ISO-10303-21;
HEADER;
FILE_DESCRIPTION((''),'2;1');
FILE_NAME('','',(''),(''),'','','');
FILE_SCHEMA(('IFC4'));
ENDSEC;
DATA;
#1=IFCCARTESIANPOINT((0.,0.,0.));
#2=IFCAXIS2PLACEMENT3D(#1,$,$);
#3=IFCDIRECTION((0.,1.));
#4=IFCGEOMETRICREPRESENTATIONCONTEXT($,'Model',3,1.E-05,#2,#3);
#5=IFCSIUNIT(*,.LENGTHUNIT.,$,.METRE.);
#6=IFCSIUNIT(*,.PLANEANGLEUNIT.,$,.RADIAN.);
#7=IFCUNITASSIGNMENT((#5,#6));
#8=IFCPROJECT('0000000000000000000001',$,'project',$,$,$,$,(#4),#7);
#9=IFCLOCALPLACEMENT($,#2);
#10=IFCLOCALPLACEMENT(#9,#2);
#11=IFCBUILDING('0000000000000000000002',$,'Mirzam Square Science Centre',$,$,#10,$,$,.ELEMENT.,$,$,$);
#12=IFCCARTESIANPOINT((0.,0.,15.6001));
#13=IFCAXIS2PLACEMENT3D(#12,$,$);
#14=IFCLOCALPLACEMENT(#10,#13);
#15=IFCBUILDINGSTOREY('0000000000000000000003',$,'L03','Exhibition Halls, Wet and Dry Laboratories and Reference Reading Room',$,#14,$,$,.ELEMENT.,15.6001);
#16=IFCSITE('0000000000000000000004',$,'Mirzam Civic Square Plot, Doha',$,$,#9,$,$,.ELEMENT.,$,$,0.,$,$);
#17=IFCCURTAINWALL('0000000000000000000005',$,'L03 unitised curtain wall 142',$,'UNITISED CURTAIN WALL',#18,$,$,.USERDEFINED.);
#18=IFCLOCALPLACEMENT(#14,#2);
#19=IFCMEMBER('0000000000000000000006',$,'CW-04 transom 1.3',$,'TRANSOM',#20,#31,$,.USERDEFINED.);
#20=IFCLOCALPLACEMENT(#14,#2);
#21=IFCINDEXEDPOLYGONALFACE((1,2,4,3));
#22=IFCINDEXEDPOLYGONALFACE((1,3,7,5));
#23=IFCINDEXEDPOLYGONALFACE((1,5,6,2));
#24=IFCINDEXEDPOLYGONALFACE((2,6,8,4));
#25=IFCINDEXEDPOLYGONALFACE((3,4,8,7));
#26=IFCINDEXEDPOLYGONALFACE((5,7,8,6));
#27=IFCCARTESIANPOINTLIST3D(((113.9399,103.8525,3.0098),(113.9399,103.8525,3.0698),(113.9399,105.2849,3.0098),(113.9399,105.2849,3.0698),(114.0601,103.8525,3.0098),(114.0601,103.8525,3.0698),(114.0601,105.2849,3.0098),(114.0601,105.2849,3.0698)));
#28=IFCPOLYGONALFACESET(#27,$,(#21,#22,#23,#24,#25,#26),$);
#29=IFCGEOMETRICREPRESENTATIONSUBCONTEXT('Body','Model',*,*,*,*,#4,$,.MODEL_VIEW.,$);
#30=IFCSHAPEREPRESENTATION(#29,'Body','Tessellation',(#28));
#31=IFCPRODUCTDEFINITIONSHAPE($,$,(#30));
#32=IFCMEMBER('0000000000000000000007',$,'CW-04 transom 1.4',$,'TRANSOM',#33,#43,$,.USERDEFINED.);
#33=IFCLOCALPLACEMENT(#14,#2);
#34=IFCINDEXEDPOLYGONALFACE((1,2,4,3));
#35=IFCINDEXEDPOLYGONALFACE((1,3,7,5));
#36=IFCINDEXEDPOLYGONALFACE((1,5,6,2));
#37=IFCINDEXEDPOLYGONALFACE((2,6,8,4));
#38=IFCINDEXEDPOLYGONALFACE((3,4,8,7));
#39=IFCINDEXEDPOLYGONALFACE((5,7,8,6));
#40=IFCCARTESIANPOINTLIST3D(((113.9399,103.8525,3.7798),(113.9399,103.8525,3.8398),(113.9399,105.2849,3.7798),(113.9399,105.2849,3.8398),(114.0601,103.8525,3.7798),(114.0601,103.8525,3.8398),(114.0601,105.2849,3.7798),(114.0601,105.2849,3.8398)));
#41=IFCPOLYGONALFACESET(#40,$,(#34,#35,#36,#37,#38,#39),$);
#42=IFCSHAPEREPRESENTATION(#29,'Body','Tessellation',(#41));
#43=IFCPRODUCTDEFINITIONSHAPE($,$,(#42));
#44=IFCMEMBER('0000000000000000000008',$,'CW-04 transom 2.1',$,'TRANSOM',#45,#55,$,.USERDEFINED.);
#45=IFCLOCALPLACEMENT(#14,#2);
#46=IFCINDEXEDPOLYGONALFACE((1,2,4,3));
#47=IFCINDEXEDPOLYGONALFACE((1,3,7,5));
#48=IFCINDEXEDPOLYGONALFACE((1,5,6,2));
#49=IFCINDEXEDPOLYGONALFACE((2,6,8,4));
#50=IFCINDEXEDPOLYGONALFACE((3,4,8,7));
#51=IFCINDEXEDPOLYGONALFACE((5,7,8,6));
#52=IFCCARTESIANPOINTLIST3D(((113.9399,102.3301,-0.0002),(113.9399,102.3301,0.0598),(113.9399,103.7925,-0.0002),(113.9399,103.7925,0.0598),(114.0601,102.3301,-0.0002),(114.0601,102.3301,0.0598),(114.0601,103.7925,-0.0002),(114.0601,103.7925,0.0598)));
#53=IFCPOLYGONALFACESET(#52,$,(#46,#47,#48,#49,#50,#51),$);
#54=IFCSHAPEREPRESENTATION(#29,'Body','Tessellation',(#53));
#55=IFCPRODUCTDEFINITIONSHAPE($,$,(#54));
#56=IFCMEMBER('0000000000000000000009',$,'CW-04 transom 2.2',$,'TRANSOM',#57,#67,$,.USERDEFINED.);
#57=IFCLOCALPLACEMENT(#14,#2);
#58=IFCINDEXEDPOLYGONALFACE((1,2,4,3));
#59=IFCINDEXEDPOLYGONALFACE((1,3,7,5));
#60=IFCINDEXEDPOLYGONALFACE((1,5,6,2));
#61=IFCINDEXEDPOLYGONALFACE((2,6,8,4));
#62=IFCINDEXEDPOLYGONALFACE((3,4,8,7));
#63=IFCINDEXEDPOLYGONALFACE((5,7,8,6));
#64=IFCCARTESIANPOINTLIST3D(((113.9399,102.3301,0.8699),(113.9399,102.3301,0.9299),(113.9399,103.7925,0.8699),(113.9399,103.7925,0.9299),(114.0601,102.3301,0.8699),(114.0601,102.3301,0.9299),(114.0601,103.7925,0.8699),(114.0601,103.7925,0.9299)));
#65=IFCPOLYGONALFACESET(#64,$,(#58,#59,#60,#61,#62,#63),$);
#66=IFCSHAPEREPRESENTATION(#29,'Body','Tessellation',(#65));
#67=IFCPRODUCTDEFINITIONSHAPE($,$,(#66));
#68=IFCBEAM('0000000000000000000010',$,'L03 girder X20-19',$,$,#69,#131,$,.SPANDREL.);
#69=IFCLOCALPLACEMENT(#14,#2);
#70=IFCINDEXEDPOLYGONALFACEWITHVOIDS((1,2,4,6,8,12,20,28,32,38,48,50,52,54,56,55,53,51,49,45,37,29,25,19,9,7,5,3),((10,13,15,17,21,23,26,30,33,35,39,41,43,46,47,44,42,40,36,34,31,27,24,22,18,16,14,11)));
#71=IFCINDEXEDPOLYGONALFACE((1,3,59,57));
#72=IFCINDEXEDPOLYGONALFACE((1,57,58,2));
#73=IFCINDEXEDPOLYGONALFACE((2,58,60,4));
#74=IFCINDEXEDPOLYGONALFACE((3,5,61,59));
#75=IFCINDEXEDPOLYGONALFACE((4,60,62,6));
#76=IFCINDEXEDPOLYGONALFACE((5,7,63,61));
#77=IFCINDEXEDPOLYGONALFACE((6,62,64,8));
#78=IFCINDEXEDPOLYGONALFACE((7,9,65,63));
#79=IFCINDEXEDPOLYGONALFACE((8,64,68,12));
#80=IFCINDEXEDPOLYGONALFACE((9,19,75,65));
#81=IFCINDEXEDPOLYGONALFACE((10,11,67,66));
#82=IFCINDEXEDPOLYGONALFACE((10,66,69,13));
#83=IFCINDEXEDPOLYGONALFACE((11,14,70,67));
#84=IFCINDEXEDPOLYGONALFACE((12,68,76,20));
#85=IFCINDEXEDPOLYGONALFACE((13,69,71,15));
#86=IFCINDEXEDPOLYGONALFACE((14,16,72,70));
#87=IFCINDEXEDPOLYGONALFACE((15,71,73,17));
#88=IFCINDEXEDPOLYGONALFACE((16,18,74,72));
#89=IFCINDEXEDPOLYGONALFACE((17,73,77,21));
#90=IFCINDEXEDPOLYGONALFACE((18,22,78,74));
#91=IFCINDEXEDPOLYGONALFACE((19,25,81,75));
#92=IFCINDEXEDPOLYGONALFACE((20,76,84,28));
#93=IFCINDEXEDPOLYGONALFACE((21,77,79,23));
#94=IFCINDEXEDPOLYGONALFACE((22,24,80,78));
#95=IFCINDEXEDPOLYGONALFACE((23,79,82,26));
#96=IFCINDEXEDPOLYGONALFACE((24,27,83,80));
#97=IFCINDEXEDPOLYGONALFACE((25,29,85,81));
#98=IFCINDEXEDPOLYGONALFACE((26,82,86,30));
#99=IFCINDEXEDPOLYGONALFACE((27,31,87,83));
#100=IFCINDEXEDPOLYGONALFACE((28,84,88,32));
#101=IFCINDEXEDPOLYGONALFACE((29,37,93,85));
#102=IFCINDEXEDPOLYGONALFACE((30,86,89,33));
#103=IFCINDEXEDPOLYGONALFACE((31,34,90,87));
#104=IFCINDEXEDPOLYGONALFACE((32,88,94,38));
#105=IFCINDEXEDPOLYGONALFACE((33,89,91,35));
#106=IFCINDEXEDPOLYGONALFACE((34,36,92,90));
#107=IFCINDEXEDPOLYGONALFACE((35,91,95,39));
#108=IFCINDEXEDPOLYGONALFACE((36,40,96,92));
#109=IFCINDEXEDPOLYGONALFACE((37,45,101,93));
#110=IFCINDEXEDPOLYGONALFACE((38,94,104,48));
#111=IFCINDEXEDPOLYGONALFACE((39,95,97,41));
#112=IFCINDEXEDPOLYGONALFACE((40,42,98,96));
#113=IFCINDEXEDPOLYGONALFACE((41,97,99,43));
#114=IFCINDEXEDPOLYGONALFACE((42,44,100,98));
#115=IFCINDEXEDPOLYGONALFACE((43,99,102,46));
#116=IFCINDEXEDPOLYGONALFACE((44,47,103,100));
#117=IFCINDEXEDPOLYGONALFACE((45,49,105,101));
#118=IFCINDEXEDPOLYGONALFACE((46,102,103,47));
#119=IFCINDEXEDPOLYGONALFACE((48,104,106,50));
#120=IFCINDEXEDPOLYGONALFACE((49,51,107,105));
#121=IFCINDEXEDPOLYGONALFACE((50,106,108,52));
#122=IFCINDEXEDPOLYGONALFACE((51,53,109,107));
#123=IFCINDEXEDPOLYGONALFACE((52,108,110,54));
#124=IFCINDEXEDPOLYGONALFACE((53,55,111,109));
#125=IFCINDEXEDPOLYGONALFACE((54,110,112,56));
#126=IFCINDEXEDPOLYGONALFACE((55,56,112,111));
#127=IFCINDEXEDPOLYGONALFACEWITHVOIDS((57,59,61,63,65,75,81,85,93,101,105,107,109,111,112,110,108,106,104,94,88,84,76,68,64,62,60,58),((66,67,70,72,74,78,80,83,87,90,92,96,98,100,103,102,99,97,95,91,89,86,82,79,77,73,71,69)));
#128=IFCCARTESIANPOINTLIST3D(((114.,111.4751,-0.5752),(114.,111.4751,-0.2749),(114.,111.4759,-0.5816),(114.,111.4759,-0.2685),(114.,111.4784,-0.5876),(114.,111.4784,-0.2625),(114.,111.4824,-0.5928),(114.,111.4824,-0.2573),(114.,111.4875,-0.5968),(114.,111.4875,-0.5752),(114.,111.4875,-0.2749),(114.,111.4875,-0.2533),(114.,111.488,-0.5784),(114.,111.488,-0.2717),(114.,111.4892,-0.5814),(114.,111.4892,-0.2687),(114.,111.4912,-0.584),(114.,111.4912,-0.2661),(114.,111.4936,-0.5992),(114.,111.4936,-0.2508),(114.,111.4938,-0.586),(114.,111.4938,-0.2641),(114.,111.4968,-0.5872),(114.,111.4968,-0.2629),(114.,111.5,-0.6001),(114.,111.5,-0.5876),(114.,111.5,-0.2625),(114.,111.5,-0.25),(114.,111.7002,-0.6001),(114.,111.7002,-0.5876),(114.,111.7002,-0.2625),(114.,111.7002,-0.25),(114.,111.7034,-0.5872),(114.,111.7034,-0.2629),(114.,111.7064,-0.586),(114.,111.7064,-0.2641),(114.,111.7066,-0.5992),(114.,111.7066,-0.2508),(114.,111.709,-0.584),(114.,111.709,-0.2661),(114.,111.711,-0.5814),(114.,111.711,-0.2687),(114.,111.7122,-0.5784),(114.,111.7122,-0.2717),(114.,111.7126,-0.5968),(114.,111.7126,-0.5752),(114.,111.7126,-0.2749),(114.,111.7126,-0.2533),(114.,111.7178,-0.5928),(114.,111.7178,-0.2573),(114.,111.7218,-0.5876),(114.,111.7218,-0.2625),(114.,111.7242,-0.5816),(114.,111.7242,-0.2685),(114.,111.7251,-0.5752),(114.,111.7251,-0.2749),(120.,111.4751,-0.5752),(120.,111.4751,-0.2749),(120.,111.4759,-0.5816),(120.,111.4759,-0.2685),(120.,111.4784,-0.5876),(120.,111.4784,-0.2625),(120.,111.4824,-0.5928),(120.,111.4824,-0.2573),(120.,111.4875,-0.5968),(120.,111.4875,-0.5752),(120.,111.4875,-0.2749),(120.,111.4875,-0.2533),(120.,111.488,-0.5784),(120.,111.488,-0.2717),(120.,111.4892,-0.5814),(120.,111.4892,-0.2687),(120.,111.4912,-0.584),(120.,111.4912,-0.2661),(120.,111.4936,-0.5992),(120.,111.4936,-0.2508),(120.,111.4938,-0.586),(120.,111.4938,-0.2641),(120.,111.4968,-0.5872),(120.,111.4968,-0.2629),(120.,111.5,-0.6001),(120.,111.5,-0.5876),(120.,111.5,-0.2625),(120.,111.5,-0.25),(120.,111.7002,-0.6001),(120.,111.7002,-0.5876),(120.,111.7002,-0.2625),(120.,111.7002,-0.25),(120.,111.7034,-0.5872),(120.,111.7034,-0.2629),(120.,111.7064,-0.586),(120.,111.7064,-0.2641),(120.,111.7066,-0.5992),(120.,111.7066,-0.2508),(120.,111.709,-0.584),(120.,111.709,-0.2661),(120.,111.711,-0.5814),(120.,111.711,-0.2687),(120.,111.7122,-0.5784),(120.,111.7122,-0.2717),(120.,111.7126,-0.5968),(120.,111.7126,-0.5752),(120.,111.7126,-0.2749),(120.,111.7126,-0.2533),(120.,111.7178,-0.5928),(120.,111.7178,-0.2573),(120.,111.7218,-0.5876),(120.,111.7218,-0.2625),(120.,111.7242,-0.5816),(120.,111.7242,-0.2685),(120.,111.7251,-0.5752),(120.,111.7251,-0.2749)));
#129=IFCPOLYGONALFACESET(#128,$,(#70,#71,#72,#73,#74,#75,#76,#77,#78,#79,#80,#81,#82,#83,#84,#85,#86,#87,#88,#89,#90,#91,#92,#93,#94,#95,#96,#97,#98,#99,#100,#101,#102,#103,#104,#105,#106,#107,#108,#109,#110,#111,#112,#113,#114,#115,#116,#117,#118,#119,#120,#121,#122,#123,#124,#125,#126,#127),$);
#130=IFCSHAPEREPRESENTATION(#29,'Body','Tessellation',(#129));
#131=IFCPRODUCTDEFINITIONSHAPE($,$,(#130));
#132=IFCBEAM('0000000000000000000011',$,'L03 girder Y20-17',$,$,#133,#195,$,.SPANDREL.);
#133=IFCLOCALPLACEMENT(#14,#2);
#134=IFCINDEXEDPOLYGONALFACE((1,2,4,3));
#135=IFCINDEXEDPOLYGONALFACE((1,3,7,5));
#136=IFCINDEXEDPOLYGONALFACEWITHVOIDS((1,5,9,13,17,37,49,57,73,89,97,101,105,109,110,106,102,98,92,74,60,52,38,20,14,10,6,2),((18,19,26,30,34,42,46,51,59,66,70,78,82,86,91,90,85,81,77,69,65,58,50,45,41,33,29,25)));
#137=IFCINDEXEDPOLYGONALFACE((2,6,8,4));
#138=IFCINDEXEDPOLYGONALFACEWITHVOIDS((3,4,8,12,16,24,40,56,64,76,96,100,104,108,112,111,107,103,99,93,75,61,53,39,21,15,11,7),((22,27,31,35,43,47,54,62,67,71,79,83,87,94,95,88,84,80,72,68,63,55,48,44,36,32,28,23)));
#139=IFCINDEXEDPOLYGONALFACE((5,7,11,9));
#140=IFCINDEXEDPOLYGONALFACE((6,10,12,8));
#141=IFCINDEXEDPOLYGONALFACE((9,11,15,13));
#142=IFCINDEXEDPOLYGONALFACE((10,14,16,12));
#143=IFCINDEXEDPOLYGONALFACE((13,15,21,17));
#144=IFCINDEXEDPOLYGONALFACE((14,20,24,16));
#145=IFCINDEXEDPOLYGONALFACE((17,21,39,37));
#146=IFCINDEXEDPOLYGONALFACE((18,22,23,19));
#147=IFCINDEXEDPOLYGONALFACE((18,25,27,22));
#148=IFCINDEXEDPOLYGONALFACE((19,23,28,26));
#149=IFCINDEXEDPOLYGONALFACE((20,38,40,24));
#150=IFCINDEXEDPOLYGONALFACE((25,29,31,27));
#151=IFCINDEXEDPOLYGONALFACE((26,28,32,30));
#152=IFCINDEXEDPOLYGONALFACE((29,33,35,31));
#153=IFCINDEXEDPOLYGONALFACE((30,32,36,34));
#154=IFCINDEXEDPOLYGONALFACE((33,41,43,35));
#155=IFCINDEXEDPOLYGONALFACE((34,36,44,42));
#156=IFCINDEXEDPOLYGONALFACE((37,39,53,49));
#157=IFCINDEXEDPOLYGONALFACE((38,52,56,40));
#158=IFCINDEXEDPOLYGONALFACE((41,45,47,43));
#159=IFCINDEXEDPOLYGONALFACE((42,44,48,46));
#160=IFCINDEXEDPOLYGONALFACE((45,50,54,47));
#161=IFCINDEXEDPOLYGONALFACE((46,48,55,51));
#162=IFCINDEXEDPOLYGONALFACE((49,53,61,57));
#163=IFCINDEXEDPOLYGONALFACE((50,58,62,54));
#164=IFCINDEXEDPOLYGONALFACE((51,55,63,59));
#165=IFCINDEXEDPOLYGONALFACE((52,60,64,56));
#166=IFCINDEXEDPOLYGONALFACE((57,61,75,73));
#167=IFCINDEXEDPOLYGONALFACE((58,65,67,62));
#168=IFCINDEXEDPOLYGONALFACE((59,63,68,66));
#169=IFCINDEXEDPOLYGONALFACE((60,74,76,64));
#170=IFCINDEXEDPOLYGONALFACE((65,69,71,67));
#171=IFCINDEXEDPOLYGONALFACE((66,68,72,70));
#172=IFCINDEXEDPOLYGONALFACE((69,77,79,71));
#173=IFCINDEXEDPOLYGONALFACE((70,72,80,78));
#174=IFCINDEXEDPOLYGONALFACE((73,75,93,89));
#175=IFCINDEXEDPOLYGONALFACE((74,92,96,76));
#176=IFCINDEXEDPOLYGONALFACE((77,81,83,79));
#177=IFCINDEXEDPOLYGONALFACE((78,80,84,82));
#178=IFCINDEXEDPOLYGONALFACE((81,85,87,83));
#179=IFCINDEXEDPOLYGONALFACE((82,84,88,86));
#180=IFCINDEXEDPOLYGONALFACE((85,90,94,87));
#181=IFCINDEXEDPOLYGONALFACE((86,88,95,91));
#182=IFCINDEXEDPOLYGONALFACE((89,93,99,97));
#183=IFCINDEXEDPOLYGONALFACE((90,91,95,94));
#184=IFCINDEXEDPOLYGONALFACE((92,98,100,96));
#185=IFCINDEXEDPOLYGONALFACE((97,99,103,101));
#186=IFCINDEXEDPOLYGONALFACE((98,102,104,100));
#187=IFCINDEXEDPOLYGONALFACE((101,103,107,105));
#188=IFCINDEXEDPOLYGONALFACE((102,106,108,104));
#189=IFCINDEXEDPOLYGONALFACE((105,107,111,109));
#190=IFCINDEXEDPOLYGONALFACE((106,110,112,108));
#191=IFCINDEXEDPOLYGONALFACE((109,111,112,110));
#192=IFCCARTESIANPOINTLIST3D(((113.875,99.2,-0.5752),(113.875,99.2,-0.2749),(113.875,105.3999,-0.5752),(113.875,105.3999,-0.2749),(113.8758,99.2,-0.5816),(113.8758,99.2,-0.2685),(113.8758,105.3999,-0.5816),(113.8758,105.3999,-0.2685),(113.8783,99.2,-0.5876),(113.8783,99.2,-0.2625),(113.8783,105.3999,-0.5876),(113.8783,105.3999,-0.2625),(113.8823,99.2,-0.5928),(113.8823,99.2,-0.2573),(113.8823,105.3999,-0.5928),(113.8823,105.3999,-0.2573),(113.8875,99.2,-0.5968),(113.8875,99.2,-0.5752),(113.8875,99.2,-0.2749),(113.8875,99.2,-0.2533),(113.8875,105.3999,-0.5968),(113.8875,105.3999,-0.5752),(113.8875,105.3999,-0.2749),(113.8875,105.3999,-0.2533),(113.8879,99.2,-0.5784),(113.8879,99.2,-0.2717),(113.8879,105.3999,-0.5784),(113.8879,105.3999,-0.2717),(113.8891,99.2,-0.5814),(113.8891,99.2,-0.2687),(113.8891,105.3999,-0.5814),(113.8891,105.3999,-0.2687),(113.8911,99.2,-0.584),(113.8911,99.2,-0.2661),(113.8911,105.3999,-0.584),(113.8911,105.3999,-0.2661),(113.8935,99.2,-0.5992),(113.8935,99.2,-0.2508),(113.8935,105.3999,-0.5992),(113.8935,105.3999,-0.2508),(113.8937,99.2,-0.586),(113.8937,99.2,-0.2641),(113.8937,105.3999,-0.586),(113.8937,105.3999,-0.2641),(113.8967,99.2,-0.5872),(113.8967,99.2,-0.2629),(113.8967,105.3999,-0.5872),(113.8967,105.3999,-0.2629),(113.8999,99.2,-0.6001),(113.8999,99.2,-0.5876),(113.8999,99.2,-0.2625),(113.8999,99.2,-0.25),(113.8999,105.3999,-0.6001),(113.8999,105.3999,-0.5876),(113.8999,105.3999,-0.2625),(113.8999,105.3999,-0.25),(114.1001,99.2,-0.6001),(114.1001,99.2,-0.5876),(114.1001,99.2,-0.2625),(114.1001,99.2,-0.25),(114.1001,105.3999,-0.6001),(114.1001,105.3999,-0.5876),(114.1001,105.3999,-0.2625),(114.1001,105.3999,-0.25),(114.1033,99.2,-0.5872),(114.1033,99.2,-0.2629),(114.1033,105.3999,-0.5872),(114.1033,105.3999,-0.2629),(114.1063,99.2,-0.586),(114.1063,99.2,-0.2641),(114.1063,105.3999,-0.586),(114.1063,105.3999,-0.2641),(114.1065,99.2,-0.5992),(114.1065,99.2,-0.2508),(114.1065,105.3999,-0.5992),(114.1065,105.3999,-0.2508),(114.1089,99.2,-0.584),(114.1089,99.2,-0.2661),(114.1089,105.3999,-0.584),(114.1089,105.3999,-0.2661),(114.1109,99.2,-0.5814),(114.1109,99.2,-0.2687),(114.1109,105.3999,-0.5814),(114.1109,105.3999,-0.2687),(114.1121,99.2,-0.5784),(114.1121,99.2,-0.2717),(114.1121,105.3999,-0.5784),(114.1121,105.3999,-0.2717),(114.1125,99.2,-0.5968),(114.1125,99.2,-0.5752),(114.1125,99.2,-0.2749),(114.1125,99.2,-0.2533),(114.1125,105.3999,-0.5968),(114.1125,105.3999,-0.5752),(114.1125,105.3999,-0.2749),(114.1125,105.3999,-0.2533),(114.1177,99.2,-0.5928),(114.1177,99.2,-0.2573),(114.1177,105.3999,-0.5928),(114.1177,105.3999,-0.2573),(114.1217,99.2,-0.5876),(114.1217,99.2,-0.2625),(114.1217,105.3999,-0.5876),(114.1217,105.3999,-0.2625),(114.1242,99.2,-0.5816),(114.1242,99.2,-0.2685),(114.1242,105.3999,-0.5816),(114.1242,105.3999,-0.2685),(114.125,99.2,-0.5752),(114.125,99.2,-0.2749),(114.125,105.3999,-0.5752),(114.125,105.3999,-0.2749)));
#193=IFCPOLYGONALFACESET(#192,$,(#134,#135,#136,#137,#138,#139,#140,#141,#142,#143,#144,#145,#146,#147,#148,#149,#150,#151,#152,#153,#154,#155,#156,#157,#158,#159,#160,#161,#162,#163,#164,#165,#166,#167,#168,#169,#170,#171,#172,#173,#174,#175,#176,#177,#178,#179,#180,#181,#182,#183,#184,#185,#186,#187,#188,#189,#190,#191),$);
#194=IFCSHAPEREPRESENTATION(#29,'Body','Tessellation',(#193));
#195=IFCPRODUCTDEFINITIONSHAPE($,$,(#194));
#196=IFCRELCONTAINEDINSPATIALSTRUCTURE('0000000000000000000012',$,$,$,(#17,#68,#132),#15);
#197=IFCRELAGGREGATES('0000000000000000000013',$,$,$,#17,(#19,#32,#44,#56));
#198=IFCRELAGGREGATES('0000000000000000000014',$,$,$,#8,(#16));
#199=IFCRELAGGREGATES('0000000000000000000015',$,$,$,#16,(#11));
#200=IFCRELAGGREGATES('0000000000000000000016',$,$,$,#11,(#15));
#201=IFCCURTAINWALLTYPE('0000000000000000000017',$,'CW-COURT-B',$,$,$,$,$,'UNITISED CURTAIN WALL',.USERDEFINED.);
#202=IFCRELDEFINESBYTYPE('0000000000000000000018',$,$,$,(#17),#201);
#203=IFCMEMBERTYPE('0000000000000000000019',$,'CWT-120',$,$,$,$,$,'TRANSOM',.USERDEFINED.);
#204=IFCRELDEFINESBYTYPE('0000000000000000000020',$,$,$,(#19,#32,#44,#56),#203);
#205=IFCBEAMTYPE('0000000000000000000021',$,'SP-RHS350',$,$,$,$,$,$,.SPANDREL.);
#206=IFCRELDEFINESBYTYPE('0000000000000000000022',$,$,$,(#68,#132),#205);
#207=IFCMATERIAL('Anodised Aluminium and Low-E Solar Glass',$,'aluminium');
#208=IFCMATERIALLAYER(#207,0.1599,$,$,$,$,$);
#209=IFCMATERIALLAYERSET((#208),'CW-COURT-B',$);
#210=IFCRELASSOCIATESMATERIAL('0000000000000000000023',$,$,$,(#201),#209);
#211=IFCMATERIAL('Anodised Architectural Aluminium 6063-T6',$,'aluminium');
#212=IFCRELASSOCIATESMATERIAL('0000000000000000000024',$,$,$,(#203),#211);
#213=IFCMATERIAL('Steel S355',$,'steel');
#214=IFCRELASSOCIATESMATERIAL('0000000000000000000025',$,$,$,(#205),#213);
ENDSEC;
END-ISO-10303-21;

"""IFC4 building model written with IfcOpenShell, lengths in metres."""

from ifc_helpers import new_model, si_unit, direction, frame, origin, origin_2d, place, context, subcontext, project, spatial, rectangle, hollow_rectangle, extrude, material, layer, layer_set, material_profile, profile_set, type_object, element, aggregate, save


model = new_model("IFC4")

# Units and contexts
model_context = context("Model", 3, precision=1e-05, world=origin(), true_north=direction((0.0, 1.0)))
body_context = subcontext(model_context, "Body", "Model", "MODEL_VIEW")
ifc_project = project(units=[si_unit("LENGTHUNIT", "METRE"), si_unit("PLANEANGLEUNIT", "RADIAN")], contexts=[model_context])

# Site, building, storey
site_placement = place(None, origin())
site = spatial("IfcSite", under=ifc_project, at=site_placement, Name="Mirzam Civic Square Plot, Doha", CompositionType="ELEMENT", RefElevation=0.0)
building_placement = place(site_placement, origin())
building = spatial("IfcBuilding", under=site, at=building_placement, Name="Mirzam Square Science Centre", CompositionType="ELEMENT")
storey_placement = place(building_placement, frame((0.0, 0.0, 15.6001)))
storey = spatial("IfcBuildingStorey", under=building, at=storey_placement, Name="L03", Description="Exhibition Halls, Wet and Dry Laboratories and Reference Reading Room", CompositionType="ELEMENT", Elevation=15.6001)

# Shared definitions
ifc_material_1 = material(Name="Steel S355", Category="steel")

# Curtain wall, members
ifc_material_2 = material(Name="Anodised Aluminium and Low-E Solar Glass", Category="aluminium")
ifc_layer_1 = layer(ifc_material_2, 0.1599)
ifc_layer_set_1 = layer_set([ifc_layer_1], Name="CW-COURT-B")
curtain_wall_type = type_object("IfcCurtainWallType", Name="CW-COURT-B", ElementType="UNITISED CURTAIN WALL", PredefinedType="USERDEFINED", material=ifc_layer_set_1)
curtain_wall_placement = place(storey_placement, origin())
curtain_wall = element("IfcCurtainWall", 1, at=curtain_wall_placement, inside=storey, type_object=curtain_wall_type, Name="L03 unitised curtain wall 142", ObjectType="UNITISED CURTAIN WALL", PredefinedType="USERDEFINED")
ifc_material_3 = material(Name="Anodised Architectural Aluminium 6063-T6", Category="aluminium")
ifc_material_profile_1 = material_profile(ifc_material_3, rectangle(XDim=0.1201, YDim=0.0601, at=origin_2d()), Name="ALU-TRAN-120x60x4")
ifc_profile_set_1 = profile_set([ifc_material_profile_1], Name="Anodised Architectural Aluminium 6063-T6")
member_type_1 = type_object("IfcMemberType", Name="CWT-120", ElementType="TRANSOM", PredefinedType="USERDEFINED", material=ifc_profile_set_1)
member_1_placement = place(storey_placement, frame((114.0, 105.2849, 3.0398), z_axis=(0.0, -1.0, 0.0), x_axis=(1.0, 0.0, 0.0)))
member_1 = element("IfcMember", 2, at=member_1_placement, type_object=member_type_1, Name="CW-04 transom 1.3", ObjectType="TRANSOM", PredefinedType="USERDEFINED", context=body_context, shape_type="SweptSolid", body=[
    extrude(rectangle(XDim=0.1201, YDim=0.0601, at=origin_2d()), origin(), (0.0, 0.0, 1.0), 1.4324),
])
member_2_placement = place(storey_placement, frame((114.0, 105.2849, 3.8098), z_axis=(0.0, -1.0, 0.0), x_axis=(1.0, 0.0, 0.0)))
member_2 = element("IfcMember", 3, at=member_2_placement, type_object=member_type_1, Name="CW-04 transom 1.4", ObjectType="TRANSOM", PredefinedType="USERDEFINED", context=body_context, shape_type="SweptSolid", body=[
    extrude(rectangle(XDim=0.1201, YDim=0.0601, at=origin_2d()), origin(), (0.0, 0.0, 1.0), 1.4324),
])
member_3_placement = place(storey_placement, frame((114.0, 103.7925, 0.0298), z_axis=(0.0, -1.0, 0.0), x_axis=(1.0, 0.0, 0.0)))
member_3 = element("IfcMember", 4, at=member_3_placement, type_object=member_type_1, Name="CW-04 transom 2.1", ObjectType="TRANSOM", PredefinedType="USERDEFINED", context=body_context, shape_type="SweptSolid", body=[
    extrude(rectangle(XDim=0.1201, YDim=0.0601, at=origin_2d()), origin(), (0.0, 0.0, 1.0), 1.4624),
])
member_4_placement = place(storey_placement, frame((114.0, 103.7925, 0.8999), z_axis=(0.0, -1.0, 0.0), x_axis=(1.0, 0.0, 0.0)))
member_4 = element("IfcMember", 5, at=member_4_placement, type_object=member_type_1, Name="CW-04 transom 2.2", ObjectType="TRANSOM", PredefinedType="USERDEFINED", context=body_context, shape_type="SweptSolid", body=[
    extrude(rectangle(XDim=0.1201, YDim=0.0601, at=origin_2d()), origin(), (0.0, 0.0, 1.0), 1.4624),
])

# Beams
ifc_material_profile_2 = material_profile(ifc_material_1, hollow_rectangle(XDim=0.25, YDim=0.3501, WallThickness=0.0125, InnerFilletRadius=0.0125, OuterFilletRadius=0.0249, at=origin_2d()), Name="350x250x12.5RHS")
ifc_profile_set_2 = profile_set([ifc_material_profile_2], Name="Steel S355")
beam_type_1 = type_object("IfcBeamType", Name="SP-RHS350", PredefinedType="SPANDREL", material=ifc_profile_set_2)
beam_1_placement = place(storey_placement, frame((114.0, 111.6001, -0.425), z_axis=(1.0, 0.0, 0.0), x_axis=(0.0, 1.0, 0.0)))
element("IfcBeam", 6, at=beam_1_placement, inside=storey, type_object=beam_type_1, Name="L03 girder X20-19", PredefinedType="SPANDREL", context=body_context, shape_type="SweptSolid", body=[
    extrude(hollow_rectangle(XDim=0.25, YDim=0.3501, WallThickness=0.0125, InnerFilletRadius=0.0125, OuterFilletRadius=0.0249, at=origin_2d()), origin(), (0.0, 0.0, 1.0), 6.0),
])
beam_2_placement = place(storey_placement, frame((114.0, 99.2, -0.425), z_axis=(0.0, 1.0, 0.0), x_axis=(-1.0, 0.0, 0.0)))
element("IfcBeam", 7, at=beam_2_placement, inside=storey, type_object=beam_type_1, Name="L03 girder Y20-17", PredefinedType="SPANDREL", context=body_context, shape_type="SweptSolid", body=[
    extrude(hollow_rectangle(XDim=0.25, YDim=0.3501, WallThickness=0.0125, InnerFilletRadius=0.0125, OuterFilletRadius=0.0249, at=origin_2d()), origin(), (0.0, 0.0, 1.0), 6.2),
])

aggregate(curtain_wall, [member_1, member_2, member_3, member_4])

save(model, "model.ifc")
